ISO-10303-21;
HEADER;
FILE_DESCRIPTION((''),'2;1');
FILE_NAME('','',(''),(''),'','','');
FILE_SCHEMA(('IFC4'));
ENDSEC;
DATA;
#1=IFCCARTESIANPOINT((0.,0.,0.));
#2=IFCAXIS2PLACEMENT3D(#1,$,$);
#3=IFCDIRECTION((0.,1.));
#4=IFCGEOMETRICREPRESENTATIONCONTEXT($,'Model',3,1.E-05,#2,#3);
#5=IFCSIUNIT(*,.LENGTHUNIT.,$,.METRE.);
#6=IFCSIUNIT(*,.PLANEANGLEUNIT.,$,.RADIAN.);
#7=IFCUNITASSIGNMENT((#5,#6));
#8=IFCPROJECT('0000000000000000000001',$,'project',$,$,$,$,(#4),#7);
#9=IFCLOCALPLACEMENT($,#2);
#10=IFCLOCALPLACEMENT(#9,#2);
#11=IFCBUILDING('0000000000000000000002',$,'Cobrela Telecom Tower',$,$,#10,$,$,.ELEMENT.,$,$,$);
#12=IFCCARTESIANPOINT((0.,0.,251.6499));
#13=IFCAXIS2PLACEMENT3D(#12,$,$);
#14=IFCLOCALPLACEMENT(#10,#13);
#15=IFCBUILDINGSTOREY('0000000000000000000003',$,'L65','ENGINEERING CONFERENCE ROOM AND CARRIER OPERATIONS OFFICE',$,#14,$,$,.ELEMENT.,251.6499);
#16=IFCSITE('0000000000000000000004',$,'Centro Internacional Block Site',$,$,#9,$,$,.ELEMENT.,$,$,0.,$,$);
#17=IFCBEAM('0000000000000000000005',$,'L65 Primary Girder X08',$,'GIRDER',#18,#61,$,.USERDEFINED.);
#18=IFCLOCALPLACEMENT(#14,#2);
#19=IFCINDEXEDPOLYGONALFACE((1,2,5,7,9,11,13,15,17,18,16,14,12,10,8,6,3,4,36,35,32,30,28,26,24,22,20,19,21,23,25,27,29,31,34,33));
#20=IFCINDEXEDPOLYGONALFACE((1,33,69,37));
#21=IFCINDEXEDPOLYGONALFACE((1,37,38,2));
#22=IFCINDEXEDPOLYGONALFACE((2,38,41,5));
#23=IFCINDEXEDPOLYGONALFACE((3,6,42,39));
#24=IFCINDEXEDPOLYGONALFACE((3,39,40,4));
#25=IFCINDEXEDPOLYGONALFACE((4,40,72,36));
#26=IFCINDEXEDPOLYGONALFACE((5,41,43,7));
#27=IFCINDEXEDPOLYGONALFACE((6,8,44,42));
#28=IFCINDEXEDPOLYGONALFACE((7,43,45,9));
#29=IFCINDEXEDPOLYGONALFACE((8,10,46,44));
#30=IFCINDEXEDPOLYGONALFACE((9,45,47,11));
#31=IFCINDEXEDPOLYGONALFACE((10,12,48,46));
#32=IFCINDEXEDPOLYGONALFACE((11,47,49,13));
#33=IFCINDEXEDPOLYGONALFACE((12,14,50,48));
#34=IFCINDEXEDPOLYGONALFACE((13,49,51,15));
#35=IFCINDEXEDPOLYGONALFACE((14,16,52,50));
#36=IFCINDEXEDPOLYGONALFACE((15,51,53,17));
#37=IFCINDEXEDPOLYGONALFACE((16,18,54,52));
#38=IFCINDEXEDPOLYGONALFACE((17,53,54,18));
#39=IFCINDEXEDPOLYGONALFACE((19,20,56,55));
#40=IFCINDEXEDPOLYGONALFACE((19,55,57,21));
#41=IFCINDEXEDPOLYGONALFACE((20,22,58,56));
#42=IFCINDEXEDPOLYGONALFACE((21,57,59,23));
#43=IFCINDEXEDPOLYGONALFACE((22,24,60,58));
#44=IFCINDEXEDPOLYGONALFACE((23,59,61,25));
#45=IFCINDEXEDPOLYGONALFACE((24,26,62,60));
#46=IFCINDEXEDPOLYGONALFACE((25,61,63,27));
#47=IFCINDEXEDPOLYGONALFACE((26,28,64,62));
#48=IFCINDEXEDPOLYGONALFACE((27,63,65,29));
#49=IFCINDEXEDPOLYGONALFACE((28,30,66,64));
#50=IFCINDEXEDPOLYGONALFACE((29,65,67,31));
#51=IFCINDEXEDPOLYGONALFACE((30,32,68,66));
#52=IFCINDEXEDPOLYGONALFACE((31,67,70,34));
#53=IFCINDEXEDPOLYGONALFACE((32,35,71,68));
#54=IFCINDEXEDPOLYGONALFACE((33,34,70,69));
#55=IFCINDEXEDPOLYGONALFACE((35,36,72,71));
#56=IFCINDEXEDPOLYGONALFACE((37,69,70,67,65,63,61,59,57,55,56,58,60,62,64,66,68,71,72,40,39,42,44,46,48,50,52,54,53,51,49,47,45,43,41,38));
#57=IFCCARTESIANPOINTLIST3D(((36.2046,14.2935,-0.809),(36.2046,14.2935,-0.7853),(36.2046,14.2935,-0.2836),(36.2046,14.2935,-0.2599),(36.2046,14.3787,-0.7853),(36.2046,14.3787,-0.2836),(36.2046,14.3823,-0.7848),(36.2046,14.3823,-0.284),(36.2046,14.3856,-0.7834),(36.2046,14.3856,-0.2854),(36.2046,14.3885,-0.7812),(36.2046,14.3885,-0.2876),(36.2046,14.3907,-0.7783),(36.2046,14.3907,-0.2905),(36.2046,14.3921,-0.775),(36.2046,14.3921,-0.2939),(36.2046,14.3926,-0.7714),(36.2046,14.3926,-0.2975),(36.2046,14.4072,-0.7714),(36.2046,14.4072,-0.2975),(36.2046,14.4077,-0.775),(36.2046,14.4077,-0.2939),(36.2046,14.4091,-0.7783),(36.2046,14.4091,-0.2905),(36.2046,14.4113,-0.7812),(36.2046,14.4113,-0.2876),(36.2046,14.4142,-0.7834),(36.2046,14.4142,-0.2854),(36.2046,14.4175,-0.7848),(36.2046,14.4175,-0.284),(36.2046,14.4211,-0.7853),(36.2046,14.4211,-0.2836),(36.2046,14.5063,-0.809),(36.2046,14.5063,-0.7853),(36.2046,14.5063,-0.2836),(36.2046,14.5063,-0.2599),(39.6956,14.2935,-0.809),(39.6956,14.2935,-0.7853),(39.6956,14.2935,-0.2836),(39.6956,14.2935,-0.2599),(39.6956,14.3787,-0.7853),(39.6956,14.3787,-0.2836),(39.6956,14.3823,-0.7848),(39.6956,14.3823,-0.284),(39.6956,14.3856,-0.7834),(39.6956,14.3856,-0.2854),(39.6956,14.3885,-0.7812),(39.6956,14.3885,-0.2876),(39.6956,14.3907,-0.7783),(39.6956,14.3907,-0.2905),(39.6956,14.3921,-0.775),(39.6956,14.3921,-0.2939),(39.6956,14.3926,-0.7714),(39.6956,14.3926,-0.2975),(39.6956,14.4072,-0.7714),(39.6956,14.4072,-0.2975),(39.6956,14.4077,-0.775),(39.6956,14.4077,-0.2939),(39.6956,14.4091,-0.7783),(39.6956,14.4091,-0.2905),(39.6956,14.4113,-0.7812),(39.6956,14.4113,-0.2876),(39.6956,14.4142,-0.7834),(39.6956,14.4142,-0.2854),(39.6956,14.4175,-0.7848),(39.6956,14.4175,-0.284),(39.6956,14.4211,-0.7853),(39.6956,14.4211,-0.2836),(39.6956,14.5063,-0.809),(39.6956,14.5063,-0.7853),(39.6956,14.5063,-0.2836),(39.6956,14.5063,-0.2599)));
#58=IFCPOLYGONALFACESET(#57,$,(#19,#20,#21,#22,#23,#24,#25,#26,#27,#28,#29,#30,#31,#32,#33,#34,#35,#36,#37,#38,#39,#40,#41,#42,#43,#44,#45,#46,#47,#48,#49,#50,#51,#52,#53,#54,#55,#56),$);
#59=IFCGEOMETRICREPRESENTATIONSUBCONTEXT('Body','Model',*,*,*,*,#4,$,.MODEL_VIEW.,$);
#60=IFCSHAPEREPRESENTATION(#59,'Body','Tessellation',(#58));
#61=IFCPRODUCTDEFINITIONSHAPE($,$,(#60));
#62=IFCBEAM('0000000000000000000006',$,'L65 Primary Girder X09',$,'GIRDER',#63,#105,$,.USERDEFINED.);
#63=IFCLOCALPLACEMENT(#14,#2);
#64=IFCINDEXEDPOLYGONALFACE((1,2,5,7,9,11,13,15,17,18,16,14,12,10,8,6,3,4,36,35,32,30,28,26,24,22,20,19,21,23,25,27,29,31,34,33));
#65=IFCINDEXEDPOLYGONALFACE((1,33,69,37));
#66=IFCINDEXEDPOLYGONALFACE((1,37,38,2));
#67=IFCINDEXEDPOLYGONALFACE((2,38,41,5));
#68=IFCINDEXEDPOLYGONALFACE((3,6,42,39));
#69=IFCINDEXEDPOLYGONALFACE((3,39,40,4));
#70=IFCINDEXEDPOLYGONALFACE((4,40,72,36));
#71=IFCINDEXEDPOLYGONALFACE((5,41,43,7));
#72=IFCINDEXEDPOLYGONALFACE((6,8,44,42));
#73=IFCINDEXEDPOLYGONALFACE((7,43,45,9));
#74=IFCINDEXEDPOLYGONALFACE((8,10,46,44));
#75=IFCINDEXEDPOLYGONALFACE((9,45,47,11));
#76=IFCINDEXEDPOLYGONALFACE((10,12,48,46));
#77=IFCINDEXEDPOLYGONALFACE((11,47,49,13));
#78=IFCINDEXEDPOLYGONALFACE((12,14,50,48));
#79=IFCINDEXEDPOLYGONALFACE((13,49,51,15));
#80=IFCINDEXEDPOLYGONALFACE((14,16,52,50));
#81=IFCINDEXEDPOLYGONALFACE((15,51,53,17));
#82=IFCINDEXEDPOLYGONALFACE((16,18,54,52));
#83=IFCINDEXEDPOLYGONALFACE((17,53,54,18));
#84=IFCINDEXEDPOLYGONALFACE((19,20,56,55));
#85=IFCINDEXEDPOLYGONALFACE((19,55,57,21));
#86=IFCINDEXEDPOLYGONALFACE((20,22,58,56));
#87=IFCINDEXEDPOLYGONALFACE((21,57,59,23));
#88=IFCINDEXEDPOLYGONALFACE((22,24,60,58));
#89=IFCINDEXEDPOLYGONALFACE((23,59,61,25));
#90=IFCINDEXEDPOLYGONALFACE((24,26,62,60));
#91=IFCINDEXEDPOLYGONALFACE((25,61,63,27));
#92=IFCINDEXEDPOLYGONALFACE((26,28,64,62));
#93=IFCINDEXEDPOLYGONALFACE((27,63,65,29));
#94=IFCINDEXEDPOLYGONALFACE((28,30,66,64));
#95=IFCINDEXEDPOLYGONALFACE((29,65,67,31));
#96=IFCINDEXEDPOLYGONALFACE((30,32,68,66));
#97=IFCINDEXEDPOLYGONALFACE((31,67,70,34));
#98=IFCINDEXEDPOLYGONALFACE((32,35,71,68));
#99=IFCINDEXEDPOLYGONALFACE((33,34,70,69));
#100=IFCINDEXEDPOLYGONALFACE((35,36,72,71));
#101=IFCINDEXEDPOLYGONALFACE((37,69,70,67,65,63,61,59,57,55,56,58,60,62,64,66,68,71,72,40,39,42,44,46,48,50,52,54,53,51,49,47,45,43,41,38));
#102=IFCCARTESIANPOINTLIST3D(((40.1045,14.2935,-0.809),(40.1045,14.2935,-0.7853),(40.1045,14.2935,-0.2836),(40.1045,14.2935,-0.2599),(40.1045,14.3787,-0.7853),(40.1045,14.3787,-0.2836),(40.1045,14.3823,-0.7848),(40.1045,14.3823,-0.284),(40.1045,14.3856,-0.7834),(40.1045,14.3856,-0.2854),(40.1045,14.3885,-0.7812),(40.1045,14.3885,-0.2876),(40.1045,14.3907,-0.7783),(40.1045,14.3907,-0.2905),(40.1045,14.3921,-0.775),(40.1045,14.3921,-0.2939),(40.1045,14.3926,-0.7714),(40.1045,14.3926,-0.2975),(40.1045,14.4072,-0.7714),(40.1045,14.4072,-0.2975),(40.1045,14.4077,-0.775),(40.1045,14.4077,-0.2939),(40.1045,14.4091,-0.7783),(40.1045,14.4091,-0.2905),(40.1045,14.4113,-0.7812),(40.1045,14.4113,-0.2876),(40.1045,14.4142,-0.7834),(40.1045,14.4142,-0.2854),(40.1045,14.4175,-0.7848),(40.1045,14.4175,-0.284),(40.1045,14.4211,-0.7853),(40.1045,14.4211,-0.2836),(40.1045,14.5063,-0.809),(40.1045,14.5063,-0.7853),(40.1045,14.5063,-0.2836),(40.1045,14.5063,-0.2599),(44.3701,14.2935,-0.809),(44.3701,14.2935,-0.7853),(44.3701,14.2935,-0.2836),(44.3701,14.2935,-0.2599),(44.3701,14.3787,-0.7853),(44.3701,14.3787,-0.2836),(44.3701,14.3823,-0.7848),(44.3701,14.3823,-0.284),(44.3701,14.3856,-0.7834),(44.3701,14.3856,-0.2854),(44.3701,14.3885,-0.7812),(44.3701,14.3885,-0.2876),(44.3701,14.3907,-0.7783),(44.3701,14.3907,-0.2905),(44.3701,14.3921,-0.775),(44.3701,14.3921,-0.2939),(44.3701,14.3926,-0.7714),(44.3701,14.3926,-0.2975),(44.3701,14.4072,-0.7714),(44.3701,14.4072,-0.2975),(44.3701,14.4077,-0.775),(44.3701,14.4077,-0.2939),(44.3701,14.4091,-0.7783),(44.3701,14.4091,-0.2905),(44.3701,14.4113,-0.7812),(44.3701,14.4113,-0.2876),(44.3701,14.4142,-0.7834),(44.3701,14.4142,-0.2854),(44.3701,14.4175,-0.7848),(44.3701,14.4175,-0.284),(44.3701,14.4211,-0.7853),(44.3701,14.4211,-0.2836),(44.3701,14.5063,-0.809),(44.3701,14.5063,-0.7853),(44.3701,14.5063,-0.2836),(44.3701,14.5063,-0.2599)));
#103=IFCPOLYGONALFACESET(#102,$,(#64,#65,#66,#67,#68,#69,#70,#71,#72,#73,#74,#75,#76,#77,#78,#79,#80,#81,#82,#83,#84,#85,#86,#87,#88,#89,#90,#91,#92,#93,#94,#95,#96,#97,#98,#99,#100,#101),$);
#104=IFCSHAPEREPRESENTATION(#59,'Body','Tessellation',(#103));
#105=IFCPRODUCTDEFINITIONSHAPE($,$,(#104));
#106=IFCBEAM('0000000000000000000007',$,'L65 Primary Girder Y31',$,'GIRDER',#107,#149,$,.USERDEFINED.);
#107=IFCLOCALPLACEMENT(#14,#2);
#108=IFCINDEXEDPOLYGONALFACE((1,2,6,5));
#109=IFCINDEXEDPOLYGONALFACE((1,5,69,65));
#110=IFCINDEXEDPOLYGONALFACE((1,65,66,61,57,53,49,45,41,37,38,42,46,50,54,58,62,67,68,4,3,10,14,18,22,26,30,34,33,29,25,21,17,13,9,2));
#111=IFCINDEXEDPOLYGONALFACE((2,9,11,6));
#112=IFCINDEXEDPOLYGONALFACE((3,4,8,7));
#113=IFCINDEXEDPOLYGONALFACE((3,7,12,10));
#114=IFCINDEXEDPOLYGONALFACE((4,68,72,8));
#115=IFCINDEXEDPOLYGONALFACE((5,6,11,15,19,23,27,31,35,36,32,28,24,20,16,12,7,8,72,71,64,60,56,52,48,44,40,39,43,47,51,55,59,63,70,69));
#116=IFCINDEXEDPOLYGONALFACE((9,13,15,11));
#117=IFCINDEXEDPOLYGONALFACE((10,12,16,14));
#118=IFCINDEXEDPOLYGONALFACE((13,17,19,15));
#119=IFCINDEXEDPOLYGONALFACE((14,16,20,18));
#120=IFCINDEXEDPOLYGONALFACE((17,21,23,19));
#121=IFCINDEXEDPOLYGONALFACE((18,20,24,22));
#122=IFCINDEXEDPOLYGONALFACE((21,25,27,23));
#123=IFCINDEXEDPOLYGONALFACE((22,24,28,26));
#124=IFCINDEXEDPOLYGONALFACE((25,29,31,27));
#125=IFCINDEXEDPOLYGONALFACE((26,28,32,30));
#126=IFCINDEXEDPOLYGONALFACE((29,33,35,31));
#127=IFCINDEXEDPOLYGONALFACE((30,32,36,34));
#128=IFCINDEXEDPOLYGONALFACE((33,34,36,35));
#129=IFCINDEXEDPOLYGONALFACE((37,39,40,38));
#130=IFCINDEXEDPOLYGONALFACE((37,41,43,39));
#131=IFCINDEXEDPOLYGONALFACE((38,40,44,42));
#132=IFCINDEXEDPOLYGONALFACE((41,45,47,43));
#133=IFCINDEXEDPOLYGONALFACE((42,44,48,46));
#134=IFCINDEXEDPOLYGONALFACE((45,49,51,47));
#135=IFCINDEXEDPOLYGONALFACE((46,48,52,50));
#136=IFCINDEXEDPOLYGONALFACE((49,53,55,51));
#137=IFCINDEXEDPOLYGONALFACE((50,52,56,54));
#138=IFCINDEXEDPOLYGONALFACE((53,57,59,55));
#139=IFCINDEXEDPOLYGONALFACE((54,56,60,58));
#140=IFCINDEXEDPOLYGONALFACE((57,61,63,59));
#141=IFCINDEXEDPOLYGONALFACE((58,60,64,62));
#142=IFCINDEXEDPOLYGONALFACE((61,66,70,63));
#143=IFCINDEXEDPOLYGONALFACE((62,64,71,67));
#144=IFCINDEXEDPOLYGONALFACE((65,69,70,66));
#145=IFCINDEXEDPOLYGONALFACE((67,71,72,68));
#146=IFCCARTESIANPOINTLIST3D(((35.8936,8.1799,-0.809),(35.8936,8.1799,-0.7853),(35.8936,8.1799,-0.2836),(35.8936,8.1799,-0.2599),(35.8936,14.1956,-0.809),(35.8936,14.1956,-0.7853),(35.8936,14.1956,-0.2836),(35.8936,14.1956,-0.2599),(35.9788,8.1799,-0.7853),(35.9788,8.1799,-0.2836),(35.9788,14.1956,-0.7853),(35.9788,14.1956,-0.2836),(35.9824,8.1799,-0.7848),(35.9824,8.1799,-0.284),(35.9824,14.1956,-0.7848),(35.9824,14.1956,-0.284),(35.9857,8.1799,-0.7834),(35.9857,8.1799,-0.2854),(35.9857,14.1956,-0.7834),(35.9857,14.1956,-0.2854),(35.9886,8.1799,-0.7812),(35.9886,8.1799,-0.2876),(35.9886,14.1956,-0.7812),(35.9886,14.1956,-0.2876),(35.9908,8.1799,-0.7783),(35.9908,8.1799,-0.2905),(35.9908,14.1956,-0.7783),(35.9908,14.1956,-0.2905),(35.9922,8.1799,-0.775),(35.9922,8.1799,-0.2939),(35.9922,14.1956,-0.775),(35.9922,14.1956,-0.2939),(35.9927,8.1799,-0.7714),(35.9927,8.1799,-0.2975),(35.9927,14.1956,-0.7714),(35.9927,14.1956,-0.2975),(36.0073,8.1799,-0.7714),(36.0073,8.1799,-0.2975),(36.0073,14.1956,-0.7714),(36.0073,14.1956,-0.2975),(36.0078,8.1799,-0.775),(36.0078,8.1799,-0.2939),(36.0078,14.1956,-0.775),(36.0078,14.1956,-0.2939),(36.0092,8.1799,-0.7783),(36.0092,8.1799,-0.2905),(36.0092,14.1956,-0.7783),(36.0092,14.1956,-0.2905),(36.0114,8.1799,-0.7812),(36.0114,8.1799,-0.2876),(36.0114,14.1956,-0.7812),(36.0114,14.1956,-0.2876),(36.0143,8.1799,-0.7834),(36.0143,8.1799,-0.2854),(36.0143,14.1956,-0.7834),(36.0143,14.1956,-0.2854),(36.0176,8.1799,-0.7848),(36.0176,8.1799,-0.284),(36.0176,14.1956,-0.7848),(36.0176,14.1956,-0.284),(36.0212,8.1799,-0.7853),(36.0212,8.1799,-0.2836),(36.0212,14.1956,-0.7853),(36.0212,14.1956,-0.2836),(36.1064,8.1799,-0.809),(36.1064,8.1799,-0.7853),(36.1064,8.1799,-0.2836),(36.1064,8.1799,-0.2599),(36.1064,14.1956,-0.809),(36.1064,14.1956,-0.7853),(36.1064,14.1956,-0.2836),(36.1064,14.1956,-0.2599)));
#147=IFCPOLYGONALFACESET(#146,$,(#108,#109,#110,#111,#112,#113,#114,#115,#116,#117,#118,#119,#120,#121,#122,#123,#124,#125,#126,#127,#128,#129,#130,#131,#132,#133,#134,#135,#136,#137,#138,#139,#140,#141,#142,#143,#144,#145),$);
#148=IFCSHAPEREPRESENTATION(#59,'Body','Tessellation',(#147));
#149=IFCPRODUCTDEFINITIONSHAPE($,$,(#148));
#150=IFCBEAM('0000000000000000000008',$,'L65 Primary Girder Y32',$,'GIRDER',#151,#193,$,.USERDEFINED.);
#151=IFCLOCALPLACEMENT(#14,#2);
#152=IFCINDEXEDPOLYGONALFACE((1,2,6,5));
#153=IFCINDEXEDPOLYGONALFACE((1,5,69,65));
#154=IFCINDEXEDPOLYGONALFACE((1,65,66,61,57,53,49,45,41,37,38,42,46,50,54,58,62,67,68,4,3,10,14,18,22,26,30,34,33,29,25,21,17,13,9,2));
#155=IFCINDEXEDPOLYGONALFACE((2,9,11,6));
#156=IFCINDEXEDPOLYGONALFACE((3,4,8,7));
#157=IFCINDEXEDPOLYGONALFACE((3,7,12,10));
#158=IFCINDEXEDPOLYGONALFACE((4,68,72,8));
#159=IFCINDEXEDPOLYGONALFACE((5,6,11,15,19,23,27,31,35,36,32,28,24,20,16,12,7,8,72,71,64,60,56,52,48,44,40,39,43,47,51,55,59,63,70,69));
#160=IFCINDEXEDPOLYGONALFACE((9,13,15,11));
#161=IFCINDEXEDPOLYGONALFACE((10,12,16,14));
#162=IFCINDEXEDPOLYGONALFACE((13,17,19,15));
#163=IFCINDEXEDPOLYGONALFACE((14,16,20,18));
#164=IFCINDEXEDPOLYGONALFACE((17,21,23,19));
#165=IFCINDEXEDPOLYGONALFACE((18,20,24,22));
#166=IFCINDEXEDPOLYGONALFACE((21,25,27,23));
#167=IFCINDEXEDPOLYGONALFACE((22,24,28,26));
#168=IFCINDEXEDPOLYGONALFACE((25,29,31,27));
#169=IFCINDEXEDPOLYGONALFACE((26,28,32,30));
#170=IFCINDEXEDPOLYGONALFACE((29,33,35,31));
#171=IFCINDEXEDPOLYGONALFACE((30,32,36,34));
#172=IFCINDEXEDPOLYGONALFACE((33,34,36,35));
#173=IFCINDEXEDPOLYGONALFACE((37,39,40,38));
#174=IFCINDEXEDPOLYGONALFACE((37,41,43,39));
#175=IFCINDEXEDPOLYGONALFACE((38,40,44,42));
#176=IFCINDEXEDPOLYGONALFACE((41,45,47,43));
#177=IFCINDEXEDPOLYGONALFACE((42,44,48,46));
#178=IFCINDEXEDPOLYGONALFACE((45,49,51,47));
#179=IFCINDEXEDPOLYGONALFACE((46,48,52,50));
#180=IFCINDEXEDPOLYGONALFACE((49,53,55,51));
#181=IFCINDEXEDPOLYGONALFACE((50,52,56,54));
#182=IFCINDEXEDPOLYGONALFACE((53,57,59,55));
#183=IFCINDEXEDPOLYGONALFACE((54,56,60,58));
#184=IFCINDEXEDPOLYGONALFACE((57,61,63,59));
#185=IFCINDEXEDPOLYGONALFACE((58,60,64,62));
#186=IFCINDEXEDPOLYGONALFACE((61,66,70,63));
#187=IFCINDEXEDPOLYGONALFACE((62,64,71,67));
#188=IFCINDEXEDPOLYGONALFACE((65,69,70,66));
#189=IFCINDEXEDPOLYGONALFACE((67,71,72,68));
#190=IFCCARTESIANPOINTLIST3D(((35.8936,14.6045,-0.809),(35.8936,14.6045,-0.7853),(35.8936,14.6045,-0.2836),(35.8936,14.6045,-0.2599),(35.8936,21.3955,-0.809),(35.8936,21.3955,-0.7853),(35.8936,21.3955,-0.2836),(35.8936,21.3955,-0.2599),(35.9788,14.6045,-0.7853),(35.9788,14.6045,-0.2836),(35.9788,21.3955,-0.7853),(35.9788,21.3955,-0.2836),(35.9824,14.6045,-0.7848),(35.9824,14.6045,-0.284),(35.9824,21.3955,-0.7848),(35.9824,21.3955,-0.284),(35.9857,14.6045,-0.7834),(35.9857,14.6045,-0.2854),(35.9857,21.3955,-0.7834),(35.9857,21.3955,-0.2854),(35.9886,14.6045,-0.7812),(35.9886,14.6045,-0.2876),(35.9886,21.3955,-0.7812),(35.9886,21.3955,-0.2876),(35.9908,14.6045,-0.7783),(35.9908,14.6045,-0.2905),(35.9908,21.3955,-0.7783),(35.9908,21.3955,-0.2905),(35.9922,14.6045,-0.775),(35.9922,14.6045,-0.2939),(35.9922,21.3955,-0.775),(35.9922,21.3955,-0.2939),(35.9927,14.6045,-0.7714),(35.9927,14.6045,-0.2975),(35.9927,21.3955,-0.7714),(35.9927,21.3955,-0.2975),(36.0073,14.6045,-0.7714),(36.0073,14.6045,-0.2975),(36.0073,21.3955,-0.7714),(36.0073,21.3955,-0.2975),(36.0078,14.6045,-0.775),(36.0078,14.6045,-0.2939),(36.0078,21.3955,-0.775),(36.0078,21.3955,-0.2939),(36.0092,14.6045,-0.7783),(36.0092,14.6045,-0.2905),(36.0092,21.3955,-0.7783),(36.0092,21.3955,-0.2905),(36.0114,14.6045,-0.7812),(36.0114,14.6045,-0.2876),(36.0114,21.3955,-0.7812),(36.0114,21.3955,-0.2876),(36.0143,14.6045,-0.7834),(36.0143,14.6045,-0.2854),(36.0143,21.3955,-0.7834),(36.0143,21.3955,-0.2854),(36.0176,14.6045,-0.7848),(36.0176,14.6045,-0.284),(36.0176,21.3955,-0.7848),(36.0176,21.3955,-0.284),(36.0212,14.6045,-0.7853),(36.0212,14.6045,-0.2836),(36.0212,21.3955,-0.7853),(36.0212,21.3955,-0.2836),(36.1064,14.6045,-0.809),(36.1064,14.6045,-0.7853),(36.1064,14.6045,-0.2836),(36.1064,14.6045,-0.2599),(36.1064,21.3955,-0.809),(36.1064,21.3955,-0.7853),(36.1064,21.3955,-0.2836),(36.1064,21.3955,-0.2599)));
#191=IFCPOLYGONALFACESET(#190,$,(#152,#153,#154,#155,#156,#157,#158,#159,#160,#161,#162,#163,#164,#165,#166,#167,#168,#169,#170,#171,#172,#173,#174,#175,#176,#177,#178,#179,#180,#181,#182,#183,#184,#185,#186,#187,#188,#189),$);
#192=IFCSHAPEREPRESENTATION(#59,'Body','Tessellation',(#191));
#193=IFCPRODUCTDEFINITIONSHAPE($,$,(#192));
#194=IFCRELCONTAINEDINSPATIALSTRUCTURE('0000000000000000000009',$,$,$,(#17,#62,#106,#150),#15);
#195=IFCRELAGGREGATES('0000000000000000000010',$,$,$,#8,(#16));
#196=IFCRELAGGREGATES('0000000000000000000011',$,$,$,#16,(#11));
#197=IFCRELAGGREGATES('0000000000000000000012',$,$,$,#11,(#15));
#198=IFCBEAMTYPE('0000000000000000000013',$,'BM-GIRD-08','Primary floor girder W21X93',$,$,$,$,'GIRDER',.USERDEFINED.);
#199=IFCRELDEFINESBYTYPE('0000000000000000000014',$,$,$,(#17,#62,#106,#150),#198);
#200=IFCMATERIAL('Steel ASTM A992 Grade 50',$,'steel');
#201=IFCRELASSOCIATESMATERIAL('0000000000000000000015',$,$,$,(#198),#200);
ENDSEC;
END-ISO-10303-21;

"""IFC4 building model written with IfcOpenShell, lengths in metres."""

from ifc_helpers import new_model, si_unit, direction, frame, origin, origin_2d, place, context, subcontext, project, spatial, i_section, extrude, material, material_profile, profile_set, type_object, element, save


model = new_model("IFC4")

# Units and contexts
model_context = context("Model", 3, precision=1e-05, world=origin(), true_north=direction((0.0, 1.0)))
body_context = subcontext(model_context, "Body", "Model", "MODEL_VIEW")
ifc_project = project(units=[si_unit("LENGTHUNIT", "METRE"), si_unit("PLANEANGLEUNIT", "RADIAN")], contexts=[model_context])

# Site, building, storey
site_placement = place(None, origin())
site = spatial("IfcSite", under=ifc_project, at=site_placement, Name="Centro Internacional Block Site", CompositionType="ELEMENT", RefElevation=0.0)
building_placement = place(site_placement, origin())
building = spatial("IfcBuilding", under=site, at=building_placement, Name="Cobrela Telecom Tower", CompositionType="ELEMENT")
storey_placement = place(building_placement, frame((0.0, 0.0, 251.6499)))
storey = spatial("IfcBuildingStorey", under=building, at=storey_placement, Name="L65", Description="ENGINEERING CONFERENCE ROOM AND CARRIER OPERATIONS OFFICE", CompositionType="ELEMENT", Elevation=251.6499)

# Shared definitions
ifc_material_1 = material(Name="Steel ASTM A992 Grade 50", Category="steel")

# Beams
ifc_material_profile_1 = material_profile(ifc_material_1, i_section(OverallWidth=0.2129, OverallDepth=0.5491, WebThickness=0.0146, FlangeThickness=0.0237, FilletRadius=0.0139, at=origin_2d()), Name="W21X93")
ifc_profile_set_1 = profile_set([ifc_material_profile_1], Name="Steel ASTM A992 Grade 50")
beam_type_1 = type_object("IfcBeamType", Name="BM-GIRD-08", Description="Primary floor girder W21X93", ElementType="GIRDER", PredefinedType="USERDEFINED", material=ifc_profile_set_1)
beam_1_placement = place(storey_placement, frame((36.2046, 14.3999, -0.5344), z_axis=(1.0, 0.0, 0.0), x_axis=(0.0, 1.0, 0.0)))
element("IfcBeam", 1, at=beam_1_placement, inside=storey, type_object=beam_type_1, Name="L65 Primary Girder X08", ObjectType="GIRDER", PredefinedType="USERDEFINED", context=body_context, shape_type="SweptSolid", body=[
    extrude(i_section(OverallWidth=0.2129, OverallDepth=0.5491, WebThickness=0.0146, FlangeThickness=0.0237, FilletRadius=0.0139, at=origin_2d()), origin(), (0.0, 0.0, 1.0), 3.491),
])
beam_2_placement = place(storey_placement, frame((40.1045, 14.3999, -0.5344), z_axis=(1.0, 0.0, 0.0), x_axis=(0.0, 1.0, 0.0)))
element("IfcBeam", 2, at=beam_2_placement, inside=storey, type_object=beam_type_1, Name="L65 Primary Girder X09", ObjectType="GIRDER", PredefinedType="USERDEFINED", context=body_context, shape_type="SweptSolid", body=[
    extrude(i_section(OverallWidth=0.2129, OverallDepth=0.5491, WebThickness=0.0146, FlangeThickness=0.0237, FilletRadius=0.0139, at=origin_2d()), origin(), (0.0, 0.0, 1.0), 4.2656),
])
beam_3_placement = place(storey_placement, frame((36.0, 8.1799, -0.5344), z_axis=(0.0, 1.0, 0.0), x_axis=(-1.0, 0.0, 0.0)))
element("IfcBeam", 3, at=beam_3_placement, inside=storey, type_object=beam_type_1, Name="L65 Primary Girder Y31", ObjectType="GIRDER", PredefinedType="USERDEFINED", context=body_context, shape_type="SweptSolid", body=[
    extrude(i_section(OverallWidth=0.2129, OverallDepth=0.5491, WebThickness=0.0146, FlangeThickness=0.0237, FilletRadius=0.0139, at=origin_2d()), origin(), (0.0, 0.0, 1.0), 6.0156),
])
for number, where, z_axis, x_axis, name in (
    (4, (36.0, 14.6045, -0.5344), (0.0, 1.0, 0.0), (-1.0, 0.0, 0.0), "L65 Primary Girder Y32"),
):
    element("IfcBeam", number, at=place(storey_placement, frame(where, z_axis=z_axis, x_axis=x_axis)), inside=storey, type_object=beam_type_1, Name=name, ObjectType="GIRDER", PredefinedType="USERDEFINED", context=body_context, shape_type="SweptSolid", body=[
        extrude(i_section(OverallWidth=0.2129, OverallDepth=0.5491, WebThickness=0.0146, FlangeThickness=0.0237, FilletRadius=0.0139, at=origin_2d()), origin(), (0.0, 0.0, 1.0), 6.791),
    ])

save(model, "model.ifc")
